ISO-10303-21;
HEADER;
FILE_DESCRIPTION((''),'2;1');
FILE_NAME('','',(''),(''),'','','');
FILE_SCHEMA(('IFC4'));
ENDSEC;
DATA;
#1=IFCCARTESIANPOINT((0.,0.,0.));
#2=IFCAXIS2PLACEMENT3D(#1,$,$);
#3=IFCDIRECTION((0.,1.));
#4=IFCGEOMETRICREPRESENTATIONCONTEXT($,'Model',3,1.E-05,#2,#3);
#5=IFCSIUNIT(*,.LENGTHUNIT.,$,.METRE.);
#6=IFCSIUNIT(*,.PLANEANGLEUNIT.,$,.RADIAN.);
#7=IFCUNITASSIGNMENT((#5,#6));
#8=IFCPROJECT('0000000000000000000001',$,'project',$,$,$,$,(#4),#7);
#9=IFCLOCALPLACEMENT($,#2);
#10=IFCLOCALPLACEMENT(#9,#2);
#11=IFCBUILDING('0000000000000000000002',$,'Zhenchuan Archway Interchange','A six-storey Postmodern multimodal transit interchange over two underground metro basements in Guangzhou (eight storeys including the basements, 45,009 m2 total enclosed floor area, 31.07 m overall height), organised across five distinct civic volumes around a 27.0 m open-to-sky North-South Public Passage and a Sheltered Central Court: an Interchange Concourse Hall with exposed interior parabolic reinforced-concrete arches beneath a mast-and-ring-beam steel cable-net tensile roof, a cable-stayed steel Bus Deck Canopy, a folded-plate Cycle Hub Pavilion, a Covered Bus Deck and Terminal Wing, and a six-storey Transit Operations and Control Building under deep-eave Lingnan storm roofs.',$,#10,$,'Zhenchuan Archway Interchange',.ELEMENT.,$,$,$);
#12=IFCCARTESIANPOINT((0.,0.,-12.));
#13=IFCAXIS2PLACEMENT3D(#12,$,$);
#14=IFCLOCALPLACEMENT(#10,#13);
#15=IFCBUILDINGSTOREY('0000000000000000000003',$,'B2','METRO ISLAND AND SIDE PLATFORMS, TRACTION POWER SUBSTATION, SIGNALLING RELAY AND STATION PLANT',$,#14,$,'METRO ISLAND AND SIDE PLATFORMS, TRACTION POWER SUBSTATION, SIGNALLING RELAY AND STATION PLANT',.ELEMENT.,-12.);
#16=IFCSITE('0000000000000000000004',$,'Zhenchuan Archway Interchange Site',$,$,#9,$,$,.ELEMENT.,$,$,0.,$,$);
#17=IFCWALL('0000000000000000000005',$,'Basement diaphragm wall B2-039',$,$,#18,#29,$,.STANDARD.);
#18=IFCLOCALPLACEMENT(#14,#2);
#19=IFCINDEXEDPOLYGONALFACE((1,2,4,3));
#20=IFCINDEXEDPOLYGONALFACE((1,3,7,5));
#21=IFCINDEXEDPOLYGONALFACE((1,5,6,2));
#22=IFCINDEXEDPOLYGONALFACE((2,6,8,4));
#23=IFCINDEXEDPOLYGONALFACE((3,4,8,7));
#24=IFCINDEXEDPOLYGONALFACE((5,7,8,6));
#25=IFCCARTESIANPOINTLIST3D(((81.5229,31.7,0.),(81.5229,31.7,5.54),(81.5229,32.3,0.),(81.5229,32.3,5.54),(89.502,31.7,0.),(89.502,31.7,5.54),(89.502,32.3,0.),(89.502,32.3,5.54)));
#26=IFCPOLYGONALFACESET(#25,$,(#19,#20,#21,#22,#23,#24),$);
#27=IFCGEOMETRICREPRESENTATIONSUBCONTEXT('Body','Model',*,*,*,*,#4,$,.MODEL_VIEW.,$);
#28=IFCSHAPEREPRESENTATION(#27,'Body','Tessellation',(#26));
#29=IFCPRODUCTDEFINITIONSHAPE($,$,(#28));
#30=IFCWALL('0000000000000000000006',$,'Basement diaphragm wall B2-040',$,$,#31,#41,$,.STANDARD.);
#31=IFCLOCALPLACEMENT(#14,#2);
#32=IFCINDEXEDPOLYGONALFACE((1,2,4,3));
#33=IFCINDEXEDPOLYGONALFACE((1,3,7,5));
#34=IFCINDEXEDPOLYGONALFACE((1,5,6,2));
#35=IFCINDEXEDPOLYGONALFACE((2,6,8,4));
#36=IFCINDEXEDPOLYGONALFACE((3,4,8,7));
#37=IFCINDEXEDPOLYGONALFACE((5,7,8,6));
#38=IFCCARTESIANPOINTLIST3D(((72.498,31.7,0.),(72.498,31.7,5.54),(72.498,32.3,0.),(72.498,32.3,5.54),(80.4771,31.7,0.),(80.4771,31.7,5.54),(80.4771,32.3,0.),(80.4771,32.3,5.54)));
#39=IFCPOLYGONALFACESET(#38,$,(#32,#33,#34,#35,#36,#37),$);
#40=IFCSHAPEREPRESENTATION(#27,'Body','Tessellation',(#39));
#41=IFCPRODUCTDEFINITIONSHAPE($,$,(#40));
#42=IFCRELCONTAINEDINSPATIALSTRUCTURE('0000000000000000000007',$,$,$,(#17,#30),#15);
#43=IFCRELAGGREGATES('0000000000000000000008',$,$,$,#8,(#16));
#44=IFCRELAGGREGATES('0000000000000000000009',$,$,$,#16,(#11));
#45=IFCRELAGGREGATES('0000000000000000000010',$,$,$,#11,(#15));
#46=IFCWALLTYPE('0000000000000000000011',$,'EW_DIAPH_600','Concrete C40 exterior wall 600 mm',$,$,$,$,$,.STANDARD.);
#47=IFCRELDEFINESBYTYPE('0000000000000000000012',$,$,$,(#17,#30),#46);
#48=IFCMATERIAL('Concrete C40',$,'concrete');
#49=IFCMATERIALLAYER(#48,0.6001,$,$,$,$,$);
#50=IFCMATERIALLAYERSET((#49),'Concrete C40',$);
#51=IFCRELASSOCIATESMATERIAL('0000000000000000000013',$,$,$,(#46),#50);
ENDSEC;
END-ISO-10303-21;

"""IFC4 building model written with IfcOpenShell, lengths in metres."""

from ifc_helpers import new_model, si_unit, direction, frame, frame_2d, origin, place, context, subcontext, project, spatial, rectangle, extrude, material, layer, layer_set, type_object, element, save


model = new_model("IFC4")

# Units and contexts
model_context = context("Model", 3, precision=1e-05, world=origin(), true_north=direction((0.0, 1.0)))
body_context = subcontext(model_context, "Body", "Model", "MODEL_VIEW")
ifc_project = project(units=[si_unit("LENGTHUNIT", "METRE"), si_unit("PLANEANGLEUNIT", "RADIAN")], contexts=[model_context])

# Site, building, storey
site_placement = place(None, origin())
site = spatial("IfcSite", under=ifc_project, at=site_placement, Name="Zhenchuan Archway Interchange Site", CompositionType="ELEMENT", RefElevation=0.0)
building_placement = place(site_placement, origin())
building = spatial("IfcBuilding", under=site, at=building_placement, Name="Zhenchuan Archway Interchange", Description="A six-storey Postmodern multimodal transit interchange over two underground metro basements in Guangzhou (eight storeys including the basements, 45,009 m2 total enclosed floor area, 31.07 m overall height), organised across five distinct civic volumes around a 27.0 m open-to-sky North-South Public Passage and a Sheltered Central Court: an Interchange Concourse Hall with exposed interior parabolic reinforced-concrete arches beneath a mast-and-ring-beam steel cable-net tensile roof, a cable-stayed steel Bus Deck Canopy, a folded-plate Cycle Hub Pavilion, a Covered Bus Deck and Terminal Wing, and a six-storey Transit Operations and Control Building under deep-eave Lingnan storm roofs.", LongName="Zhenchuan Archway Interchange", CompositionType="ELEMENT")
storey_placement = place(building_placement, frame((0.0, 0.0, -12.0)))
storey = spatial("IfcBuildingStorey", under=building, at=storey_placement, Name="B2", Description="METRO ISLAND AND SIDE PLATFORMS, TRACTION POWER SUBSTATION, SIGNALLING RELAY AND STATION PLANT", LongName="METRO ISLAND AND SIDE PLATFORMS, TRACTION POWER SUBSTATION, SIGNALLING RELAY AND STATION PLANT", CompositionType="ELEMENT", Elevation=-12.0)

# Shared definitions
ifc_material_1 = material(Name="Concrete C40", Category="concrete")

# Walls
ifc_layer = layer(ifc_material_1, 0.6001)
ifc_layer_set = layer_set([ifc_layer], Name="Concrete C40")
wall_type = type_object("IfcWallType", Name="EW_DIAPH_600", Description="Concrete C40 exterior wall 600 mm", PredefinedType="STANDARD", material=ifc_layer_set)
for number, where, z_axis, x_axis, name in (
    (1, (89.502, 32.0, 0.0), (0.0, 0.0, 1.0), (-1.0, 0.0, 0.0), "Basement diaphragm wall B2-039"),
    (2, (80.4771, 32.0, 0.0), (0.0, 0.0, 1.0), (-1.0, 0.0, 0.0), "Basement diaphragm wall B2-040"),
):
    element("IfcWall", number, at=place(storey_placement, frame(where, z_axis=z_axis, x_axis=x_axis)), inside=storey, type_object=wall_type, Name=name, PredefinedType="STANDARD", context=body_context, shape_type="SweptSolid", body=[
        extrude(rectangle(XDim=7.979, YDim=0.6001, at=frame_2d((3.9895, 0.0))), origin(), (0.0, 0.0, 1.0), 5.54),
    ])

save(model, "model.ifc")
